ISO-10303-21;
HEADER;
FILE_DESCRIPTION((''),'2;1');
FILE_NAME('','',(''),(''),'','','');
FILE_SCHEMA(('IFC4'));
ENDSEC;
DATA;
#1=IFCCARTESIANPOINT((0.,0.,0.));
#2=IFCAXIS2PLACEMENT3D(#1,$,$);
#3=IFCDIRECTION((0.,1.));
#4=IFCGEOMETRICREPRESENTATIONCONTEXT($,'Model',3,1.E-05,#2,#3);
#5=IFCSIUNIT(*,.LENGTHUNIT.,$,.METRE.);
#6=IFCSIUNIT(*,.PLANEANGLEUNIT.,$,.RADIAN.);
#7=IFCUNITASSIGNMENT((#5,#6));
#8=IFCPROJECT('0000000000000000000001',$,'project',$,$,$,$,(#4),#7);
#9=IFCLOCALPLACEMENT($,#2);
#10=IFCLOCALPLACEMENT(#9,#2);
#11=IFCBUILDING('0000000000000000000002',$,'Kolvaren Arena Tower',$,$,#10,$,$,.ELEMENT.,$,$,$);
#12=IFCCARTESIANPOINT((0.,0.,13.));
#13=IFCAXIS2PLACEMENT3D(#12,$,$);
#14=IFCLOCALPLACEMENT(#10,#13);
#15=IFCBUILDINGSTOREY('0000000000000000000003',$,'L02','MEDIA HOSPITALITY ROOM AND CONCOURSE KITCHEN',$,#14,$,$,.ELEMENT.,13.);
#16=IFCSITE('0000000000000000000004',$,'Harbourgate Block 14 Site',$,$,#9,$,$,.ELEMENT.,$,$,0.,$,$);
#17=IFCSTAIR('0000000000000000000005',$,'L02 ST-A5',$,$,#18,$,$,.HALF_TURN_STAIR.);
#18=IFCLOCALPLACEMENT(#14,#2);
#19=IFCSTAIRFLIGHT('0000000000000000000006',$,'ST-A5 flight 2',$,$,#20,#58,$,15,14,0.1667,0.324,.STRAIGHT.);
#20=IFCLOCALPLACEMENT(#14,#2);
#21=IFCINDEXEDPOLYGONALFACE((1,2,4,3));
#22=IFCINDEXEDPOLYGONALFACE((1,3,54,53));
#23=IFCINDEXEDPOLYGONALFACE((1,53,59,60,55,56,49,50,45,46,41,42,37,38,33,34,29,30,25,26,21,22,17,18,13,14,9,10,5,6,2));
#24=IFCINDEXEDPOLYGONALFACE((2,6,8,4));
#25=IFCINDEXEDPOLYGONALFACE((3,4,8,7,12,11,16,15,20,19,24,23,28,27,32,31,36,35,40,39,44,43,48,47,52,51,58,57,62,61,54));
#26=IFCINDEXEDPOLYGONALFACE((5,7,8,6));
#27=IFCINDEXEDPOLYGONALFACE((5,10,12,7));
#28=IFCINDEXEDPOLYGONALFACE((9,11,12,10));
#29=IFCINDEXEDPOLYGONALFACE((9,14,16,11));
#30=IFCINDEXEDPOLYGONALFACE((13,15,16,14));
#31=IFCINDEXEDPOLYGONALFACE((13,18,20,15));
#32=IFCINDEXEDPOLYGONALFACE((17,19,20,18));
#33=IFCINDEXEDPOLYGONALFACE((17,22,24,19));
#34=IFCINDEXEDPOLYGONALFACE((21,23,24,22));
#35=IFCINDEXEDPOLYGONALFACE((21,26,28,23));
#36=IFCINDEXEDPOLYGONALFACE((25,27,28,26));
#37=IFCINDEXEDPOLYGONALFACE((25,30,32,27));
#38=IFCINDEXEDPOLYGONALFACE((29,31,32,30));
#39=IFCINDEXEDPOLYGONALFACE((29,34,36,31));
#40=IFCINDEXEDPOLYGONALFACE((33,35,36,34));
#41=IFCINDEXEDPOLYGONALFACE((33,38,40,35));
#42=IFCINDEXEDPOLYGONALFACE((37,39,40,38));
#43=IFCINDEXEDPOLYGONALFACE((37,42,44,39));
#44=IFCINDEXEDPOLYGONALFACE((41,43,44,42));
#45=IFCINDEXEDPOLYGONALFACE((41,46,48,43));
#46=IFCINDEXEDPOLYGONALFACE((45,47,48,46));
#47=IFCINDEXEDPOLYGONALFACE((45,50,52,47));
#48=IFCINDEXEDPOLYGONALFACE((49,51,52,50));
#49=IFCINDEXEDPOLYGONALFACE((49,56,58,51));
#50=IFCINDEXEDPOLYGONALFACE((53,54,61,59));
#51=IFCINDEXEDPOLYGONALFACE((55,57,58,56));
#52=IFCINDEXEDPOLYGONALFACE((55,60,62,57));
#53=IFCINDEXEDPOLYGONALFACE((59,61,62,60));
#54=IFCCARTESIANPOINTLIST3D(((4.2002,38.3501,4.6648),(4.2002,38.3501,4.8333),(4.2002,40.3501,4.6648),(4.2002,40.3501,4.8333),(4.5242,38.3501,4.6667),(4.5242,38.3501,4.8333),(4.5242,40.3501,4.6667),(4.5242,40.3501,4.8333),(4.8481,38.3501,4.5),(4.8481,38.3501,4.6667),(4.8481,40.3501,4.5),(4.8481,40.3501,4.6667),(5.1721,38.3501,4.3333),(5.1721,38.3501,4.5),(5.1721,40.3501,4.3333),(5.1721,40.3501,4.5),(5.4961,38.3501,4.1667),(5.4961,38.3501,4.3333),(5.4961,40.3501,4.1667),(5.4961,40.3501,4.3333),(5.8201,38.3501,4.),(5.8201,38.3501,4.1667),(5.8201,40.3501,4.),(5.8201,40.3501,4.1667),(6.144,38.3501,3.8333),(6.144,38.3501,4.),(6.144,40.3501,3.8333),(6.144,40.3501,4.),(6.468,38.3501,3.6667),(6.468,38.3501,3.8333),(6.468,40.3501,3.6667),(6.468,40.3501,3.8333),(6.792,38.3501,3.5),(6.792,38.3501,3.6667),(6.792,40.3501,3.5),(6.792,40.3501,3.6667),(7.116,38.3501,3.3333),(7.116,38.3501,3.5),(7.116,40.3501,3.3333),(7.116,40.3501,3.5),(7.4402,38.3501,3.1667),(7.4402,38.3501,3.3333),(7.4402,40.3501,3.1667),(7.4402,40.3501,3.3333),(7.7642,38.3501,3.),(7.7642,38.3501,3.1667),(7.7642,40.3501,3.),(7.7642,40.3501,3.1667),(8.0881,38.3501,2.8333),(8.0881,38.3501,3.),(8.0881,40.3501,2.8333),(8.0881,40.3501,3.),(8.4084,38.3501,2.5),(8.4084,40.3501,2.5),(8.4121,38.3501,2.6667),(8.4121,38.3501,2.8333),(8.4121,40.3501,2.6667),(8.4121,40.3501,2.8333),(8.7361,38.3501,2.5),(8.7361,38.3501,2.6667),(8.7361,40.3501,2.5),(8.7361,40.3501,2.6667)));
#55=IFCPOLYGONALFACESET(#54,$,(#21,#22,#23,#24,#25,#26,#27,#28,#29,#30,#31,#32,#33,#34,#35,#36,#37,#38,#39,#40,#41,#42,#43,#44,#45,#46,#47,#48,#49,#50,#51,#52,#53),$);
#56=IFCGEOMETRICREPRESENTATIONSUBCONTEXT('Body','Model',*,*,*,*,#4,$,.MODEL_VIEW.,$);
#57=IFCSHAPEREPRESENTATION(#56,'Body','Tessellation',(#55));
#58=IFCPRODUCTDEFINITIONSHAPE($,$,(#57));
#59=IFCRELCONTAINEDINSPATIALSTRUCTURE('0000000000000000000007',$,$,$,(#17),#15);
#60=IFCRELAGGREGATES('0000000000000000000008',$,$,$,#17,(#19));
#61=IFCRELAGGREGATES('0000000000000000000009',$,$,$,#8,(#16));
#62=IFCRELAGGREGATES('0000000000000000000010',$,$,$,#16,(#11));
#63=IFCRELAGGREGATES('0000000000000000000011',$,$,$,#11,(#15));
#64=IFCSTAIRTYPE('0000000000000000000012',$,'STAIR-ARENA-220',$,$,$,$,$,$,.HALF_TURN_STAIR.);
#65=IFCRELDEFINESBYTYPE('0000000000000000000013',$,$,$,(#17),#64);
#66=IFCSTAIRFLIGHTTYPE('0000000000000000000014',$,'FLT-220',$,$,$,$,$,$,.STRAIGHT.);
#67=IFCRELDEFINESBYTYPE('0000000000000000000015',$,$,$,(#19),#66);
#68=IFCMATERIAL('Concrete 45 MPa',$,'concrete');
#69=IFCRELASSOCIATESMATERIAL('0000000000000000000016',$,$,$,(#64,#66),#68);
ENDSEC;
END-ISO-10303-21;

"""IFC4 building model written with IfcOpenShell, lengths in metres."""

from ifc_helpers import new_model, si_unit, direction, frame, origin, place, context, subcontext, project, spatial, polyline, outline, extrude, material, type_object, element, aggregate, save


model = new_model("IFC4")

# Units and contexts
model_context = context("Model", 3, precision=1e-05, world=origin(), true_north=direction((0.0, 1.0)))
body_context = subcontext(model_context, "Body", "Model", "MODEL_VIEW")
ifc_project = project(units=[si_unit("LENGTHUNIT", "METRE"), si_unit("PLANEANGLEUNIT", "RADIAN")], contexts=[model_context])

# Site, building, storey
site_placement = place(None, origin())
site = spatial("IfcSite", under=ifc_project, at=site_placement, Name="Harbourgate Block 14 Site", CompositionType="ELEMENT", RefElevation=0.0)
building_placement = place(site_placement, origin())
building = spatial("IfcBuilding", under=site, at=building_placement, Name="Kolvaren Arena Tower", CompositionType="ELEMENT")
storey_placement = place(building_placement, frame((0.0, 0.0, 13.0)))
storey = spatial("IfcBuildingStorey", under=building, at=storey_placement, Name="L02", Description="MEDIA HOSPITALITY ROOM AND CONCOURSE KITCHEN", CompositionType="ELEMENT", Elevation=13.0)

# Shared definitions
ifc_material_1 = material(Name="Concrete 45 MPa", Category="concrete")

# Stair, stair flight
stair_type = type_object("IfcStairType", Name="STAIR-ARENA-220", PredefinedType="HALF_TURN_STAIR", material=ifc_material_1)
stair_placement = place(storey_placement, origin())
stair = element("IfcStair", 1, at=stair_placement, inside=storey, type_object=stair_type, Name="L02 ST-A5", PredefinedType="HALF_TURN_STAIR")
stair_flight_type = type_object("IfcStairFlightType", Name="FLT-220", PredefinedType="STRAIGHT", material=ifc_material_1)
stair_flight_1_placement = place(storey_placement, frame((8.7361, 39.3501, 2.5), z_axis=(0.0, 0.0, 1.0), x_axis=(-1.0, 0.0, 0.0)))
stair_flight_1 = element("IfcStairFlight", 2, at=stair_flight_1_placement, type_object=stair_flight_type, Name="ST-A5 flight 2", NumberOfRisers=15, NumberOfTreads=14, PredefinedType="STRAIGHT", RiserHeight=0.1667, TreadLength=0.324, context=body_context, shape_type="SweptSolid", body=[
    extrude(outline(polyline([(0.0, 0.0), (0.0, 0.1667), (0.324, 0.1667), (0.324, 0.3333), (0.6479, 0.3333), (0.6479, 0.5), (0.9719, 0.5), (0.9719, 0.6667), (1.2959, 0.6667), (1.2959, 0.8333), (1.6201, 0.8333), (1.6201, 1.0), (1.9441, 1.0), (1.9441, 1.1667), (2.2681, 1.1667), (2.2681, 1.3333), (2.592, 1.3333), (2.592, 1.5), (2.916, 1.5), (2.916, 1.6667), (3.24, 1.6667), (3.24, 1.8333), (3.564, 1.8333), (3.564, 2.0), (3.8879, 2.0), (3.8879, 2.1667), (4.2119, 2.1667), (4.2119, 2.3333), (4.5359, 2.3333), (4.5359, 2.5), (4.5359, 2.1648), (0.3276, 0.0), (0.0, 0.0)])), frame((0.0, 1.0, 0.0), z_axis=(0.0, -1.0, 0.0), x_axis=(1.0, 0.0, 0.0)), (0.0, 0.0, 1.0), 2.0),
])
aggregate(stair, [stair_flight_1])

save(model, "model.ifc")
